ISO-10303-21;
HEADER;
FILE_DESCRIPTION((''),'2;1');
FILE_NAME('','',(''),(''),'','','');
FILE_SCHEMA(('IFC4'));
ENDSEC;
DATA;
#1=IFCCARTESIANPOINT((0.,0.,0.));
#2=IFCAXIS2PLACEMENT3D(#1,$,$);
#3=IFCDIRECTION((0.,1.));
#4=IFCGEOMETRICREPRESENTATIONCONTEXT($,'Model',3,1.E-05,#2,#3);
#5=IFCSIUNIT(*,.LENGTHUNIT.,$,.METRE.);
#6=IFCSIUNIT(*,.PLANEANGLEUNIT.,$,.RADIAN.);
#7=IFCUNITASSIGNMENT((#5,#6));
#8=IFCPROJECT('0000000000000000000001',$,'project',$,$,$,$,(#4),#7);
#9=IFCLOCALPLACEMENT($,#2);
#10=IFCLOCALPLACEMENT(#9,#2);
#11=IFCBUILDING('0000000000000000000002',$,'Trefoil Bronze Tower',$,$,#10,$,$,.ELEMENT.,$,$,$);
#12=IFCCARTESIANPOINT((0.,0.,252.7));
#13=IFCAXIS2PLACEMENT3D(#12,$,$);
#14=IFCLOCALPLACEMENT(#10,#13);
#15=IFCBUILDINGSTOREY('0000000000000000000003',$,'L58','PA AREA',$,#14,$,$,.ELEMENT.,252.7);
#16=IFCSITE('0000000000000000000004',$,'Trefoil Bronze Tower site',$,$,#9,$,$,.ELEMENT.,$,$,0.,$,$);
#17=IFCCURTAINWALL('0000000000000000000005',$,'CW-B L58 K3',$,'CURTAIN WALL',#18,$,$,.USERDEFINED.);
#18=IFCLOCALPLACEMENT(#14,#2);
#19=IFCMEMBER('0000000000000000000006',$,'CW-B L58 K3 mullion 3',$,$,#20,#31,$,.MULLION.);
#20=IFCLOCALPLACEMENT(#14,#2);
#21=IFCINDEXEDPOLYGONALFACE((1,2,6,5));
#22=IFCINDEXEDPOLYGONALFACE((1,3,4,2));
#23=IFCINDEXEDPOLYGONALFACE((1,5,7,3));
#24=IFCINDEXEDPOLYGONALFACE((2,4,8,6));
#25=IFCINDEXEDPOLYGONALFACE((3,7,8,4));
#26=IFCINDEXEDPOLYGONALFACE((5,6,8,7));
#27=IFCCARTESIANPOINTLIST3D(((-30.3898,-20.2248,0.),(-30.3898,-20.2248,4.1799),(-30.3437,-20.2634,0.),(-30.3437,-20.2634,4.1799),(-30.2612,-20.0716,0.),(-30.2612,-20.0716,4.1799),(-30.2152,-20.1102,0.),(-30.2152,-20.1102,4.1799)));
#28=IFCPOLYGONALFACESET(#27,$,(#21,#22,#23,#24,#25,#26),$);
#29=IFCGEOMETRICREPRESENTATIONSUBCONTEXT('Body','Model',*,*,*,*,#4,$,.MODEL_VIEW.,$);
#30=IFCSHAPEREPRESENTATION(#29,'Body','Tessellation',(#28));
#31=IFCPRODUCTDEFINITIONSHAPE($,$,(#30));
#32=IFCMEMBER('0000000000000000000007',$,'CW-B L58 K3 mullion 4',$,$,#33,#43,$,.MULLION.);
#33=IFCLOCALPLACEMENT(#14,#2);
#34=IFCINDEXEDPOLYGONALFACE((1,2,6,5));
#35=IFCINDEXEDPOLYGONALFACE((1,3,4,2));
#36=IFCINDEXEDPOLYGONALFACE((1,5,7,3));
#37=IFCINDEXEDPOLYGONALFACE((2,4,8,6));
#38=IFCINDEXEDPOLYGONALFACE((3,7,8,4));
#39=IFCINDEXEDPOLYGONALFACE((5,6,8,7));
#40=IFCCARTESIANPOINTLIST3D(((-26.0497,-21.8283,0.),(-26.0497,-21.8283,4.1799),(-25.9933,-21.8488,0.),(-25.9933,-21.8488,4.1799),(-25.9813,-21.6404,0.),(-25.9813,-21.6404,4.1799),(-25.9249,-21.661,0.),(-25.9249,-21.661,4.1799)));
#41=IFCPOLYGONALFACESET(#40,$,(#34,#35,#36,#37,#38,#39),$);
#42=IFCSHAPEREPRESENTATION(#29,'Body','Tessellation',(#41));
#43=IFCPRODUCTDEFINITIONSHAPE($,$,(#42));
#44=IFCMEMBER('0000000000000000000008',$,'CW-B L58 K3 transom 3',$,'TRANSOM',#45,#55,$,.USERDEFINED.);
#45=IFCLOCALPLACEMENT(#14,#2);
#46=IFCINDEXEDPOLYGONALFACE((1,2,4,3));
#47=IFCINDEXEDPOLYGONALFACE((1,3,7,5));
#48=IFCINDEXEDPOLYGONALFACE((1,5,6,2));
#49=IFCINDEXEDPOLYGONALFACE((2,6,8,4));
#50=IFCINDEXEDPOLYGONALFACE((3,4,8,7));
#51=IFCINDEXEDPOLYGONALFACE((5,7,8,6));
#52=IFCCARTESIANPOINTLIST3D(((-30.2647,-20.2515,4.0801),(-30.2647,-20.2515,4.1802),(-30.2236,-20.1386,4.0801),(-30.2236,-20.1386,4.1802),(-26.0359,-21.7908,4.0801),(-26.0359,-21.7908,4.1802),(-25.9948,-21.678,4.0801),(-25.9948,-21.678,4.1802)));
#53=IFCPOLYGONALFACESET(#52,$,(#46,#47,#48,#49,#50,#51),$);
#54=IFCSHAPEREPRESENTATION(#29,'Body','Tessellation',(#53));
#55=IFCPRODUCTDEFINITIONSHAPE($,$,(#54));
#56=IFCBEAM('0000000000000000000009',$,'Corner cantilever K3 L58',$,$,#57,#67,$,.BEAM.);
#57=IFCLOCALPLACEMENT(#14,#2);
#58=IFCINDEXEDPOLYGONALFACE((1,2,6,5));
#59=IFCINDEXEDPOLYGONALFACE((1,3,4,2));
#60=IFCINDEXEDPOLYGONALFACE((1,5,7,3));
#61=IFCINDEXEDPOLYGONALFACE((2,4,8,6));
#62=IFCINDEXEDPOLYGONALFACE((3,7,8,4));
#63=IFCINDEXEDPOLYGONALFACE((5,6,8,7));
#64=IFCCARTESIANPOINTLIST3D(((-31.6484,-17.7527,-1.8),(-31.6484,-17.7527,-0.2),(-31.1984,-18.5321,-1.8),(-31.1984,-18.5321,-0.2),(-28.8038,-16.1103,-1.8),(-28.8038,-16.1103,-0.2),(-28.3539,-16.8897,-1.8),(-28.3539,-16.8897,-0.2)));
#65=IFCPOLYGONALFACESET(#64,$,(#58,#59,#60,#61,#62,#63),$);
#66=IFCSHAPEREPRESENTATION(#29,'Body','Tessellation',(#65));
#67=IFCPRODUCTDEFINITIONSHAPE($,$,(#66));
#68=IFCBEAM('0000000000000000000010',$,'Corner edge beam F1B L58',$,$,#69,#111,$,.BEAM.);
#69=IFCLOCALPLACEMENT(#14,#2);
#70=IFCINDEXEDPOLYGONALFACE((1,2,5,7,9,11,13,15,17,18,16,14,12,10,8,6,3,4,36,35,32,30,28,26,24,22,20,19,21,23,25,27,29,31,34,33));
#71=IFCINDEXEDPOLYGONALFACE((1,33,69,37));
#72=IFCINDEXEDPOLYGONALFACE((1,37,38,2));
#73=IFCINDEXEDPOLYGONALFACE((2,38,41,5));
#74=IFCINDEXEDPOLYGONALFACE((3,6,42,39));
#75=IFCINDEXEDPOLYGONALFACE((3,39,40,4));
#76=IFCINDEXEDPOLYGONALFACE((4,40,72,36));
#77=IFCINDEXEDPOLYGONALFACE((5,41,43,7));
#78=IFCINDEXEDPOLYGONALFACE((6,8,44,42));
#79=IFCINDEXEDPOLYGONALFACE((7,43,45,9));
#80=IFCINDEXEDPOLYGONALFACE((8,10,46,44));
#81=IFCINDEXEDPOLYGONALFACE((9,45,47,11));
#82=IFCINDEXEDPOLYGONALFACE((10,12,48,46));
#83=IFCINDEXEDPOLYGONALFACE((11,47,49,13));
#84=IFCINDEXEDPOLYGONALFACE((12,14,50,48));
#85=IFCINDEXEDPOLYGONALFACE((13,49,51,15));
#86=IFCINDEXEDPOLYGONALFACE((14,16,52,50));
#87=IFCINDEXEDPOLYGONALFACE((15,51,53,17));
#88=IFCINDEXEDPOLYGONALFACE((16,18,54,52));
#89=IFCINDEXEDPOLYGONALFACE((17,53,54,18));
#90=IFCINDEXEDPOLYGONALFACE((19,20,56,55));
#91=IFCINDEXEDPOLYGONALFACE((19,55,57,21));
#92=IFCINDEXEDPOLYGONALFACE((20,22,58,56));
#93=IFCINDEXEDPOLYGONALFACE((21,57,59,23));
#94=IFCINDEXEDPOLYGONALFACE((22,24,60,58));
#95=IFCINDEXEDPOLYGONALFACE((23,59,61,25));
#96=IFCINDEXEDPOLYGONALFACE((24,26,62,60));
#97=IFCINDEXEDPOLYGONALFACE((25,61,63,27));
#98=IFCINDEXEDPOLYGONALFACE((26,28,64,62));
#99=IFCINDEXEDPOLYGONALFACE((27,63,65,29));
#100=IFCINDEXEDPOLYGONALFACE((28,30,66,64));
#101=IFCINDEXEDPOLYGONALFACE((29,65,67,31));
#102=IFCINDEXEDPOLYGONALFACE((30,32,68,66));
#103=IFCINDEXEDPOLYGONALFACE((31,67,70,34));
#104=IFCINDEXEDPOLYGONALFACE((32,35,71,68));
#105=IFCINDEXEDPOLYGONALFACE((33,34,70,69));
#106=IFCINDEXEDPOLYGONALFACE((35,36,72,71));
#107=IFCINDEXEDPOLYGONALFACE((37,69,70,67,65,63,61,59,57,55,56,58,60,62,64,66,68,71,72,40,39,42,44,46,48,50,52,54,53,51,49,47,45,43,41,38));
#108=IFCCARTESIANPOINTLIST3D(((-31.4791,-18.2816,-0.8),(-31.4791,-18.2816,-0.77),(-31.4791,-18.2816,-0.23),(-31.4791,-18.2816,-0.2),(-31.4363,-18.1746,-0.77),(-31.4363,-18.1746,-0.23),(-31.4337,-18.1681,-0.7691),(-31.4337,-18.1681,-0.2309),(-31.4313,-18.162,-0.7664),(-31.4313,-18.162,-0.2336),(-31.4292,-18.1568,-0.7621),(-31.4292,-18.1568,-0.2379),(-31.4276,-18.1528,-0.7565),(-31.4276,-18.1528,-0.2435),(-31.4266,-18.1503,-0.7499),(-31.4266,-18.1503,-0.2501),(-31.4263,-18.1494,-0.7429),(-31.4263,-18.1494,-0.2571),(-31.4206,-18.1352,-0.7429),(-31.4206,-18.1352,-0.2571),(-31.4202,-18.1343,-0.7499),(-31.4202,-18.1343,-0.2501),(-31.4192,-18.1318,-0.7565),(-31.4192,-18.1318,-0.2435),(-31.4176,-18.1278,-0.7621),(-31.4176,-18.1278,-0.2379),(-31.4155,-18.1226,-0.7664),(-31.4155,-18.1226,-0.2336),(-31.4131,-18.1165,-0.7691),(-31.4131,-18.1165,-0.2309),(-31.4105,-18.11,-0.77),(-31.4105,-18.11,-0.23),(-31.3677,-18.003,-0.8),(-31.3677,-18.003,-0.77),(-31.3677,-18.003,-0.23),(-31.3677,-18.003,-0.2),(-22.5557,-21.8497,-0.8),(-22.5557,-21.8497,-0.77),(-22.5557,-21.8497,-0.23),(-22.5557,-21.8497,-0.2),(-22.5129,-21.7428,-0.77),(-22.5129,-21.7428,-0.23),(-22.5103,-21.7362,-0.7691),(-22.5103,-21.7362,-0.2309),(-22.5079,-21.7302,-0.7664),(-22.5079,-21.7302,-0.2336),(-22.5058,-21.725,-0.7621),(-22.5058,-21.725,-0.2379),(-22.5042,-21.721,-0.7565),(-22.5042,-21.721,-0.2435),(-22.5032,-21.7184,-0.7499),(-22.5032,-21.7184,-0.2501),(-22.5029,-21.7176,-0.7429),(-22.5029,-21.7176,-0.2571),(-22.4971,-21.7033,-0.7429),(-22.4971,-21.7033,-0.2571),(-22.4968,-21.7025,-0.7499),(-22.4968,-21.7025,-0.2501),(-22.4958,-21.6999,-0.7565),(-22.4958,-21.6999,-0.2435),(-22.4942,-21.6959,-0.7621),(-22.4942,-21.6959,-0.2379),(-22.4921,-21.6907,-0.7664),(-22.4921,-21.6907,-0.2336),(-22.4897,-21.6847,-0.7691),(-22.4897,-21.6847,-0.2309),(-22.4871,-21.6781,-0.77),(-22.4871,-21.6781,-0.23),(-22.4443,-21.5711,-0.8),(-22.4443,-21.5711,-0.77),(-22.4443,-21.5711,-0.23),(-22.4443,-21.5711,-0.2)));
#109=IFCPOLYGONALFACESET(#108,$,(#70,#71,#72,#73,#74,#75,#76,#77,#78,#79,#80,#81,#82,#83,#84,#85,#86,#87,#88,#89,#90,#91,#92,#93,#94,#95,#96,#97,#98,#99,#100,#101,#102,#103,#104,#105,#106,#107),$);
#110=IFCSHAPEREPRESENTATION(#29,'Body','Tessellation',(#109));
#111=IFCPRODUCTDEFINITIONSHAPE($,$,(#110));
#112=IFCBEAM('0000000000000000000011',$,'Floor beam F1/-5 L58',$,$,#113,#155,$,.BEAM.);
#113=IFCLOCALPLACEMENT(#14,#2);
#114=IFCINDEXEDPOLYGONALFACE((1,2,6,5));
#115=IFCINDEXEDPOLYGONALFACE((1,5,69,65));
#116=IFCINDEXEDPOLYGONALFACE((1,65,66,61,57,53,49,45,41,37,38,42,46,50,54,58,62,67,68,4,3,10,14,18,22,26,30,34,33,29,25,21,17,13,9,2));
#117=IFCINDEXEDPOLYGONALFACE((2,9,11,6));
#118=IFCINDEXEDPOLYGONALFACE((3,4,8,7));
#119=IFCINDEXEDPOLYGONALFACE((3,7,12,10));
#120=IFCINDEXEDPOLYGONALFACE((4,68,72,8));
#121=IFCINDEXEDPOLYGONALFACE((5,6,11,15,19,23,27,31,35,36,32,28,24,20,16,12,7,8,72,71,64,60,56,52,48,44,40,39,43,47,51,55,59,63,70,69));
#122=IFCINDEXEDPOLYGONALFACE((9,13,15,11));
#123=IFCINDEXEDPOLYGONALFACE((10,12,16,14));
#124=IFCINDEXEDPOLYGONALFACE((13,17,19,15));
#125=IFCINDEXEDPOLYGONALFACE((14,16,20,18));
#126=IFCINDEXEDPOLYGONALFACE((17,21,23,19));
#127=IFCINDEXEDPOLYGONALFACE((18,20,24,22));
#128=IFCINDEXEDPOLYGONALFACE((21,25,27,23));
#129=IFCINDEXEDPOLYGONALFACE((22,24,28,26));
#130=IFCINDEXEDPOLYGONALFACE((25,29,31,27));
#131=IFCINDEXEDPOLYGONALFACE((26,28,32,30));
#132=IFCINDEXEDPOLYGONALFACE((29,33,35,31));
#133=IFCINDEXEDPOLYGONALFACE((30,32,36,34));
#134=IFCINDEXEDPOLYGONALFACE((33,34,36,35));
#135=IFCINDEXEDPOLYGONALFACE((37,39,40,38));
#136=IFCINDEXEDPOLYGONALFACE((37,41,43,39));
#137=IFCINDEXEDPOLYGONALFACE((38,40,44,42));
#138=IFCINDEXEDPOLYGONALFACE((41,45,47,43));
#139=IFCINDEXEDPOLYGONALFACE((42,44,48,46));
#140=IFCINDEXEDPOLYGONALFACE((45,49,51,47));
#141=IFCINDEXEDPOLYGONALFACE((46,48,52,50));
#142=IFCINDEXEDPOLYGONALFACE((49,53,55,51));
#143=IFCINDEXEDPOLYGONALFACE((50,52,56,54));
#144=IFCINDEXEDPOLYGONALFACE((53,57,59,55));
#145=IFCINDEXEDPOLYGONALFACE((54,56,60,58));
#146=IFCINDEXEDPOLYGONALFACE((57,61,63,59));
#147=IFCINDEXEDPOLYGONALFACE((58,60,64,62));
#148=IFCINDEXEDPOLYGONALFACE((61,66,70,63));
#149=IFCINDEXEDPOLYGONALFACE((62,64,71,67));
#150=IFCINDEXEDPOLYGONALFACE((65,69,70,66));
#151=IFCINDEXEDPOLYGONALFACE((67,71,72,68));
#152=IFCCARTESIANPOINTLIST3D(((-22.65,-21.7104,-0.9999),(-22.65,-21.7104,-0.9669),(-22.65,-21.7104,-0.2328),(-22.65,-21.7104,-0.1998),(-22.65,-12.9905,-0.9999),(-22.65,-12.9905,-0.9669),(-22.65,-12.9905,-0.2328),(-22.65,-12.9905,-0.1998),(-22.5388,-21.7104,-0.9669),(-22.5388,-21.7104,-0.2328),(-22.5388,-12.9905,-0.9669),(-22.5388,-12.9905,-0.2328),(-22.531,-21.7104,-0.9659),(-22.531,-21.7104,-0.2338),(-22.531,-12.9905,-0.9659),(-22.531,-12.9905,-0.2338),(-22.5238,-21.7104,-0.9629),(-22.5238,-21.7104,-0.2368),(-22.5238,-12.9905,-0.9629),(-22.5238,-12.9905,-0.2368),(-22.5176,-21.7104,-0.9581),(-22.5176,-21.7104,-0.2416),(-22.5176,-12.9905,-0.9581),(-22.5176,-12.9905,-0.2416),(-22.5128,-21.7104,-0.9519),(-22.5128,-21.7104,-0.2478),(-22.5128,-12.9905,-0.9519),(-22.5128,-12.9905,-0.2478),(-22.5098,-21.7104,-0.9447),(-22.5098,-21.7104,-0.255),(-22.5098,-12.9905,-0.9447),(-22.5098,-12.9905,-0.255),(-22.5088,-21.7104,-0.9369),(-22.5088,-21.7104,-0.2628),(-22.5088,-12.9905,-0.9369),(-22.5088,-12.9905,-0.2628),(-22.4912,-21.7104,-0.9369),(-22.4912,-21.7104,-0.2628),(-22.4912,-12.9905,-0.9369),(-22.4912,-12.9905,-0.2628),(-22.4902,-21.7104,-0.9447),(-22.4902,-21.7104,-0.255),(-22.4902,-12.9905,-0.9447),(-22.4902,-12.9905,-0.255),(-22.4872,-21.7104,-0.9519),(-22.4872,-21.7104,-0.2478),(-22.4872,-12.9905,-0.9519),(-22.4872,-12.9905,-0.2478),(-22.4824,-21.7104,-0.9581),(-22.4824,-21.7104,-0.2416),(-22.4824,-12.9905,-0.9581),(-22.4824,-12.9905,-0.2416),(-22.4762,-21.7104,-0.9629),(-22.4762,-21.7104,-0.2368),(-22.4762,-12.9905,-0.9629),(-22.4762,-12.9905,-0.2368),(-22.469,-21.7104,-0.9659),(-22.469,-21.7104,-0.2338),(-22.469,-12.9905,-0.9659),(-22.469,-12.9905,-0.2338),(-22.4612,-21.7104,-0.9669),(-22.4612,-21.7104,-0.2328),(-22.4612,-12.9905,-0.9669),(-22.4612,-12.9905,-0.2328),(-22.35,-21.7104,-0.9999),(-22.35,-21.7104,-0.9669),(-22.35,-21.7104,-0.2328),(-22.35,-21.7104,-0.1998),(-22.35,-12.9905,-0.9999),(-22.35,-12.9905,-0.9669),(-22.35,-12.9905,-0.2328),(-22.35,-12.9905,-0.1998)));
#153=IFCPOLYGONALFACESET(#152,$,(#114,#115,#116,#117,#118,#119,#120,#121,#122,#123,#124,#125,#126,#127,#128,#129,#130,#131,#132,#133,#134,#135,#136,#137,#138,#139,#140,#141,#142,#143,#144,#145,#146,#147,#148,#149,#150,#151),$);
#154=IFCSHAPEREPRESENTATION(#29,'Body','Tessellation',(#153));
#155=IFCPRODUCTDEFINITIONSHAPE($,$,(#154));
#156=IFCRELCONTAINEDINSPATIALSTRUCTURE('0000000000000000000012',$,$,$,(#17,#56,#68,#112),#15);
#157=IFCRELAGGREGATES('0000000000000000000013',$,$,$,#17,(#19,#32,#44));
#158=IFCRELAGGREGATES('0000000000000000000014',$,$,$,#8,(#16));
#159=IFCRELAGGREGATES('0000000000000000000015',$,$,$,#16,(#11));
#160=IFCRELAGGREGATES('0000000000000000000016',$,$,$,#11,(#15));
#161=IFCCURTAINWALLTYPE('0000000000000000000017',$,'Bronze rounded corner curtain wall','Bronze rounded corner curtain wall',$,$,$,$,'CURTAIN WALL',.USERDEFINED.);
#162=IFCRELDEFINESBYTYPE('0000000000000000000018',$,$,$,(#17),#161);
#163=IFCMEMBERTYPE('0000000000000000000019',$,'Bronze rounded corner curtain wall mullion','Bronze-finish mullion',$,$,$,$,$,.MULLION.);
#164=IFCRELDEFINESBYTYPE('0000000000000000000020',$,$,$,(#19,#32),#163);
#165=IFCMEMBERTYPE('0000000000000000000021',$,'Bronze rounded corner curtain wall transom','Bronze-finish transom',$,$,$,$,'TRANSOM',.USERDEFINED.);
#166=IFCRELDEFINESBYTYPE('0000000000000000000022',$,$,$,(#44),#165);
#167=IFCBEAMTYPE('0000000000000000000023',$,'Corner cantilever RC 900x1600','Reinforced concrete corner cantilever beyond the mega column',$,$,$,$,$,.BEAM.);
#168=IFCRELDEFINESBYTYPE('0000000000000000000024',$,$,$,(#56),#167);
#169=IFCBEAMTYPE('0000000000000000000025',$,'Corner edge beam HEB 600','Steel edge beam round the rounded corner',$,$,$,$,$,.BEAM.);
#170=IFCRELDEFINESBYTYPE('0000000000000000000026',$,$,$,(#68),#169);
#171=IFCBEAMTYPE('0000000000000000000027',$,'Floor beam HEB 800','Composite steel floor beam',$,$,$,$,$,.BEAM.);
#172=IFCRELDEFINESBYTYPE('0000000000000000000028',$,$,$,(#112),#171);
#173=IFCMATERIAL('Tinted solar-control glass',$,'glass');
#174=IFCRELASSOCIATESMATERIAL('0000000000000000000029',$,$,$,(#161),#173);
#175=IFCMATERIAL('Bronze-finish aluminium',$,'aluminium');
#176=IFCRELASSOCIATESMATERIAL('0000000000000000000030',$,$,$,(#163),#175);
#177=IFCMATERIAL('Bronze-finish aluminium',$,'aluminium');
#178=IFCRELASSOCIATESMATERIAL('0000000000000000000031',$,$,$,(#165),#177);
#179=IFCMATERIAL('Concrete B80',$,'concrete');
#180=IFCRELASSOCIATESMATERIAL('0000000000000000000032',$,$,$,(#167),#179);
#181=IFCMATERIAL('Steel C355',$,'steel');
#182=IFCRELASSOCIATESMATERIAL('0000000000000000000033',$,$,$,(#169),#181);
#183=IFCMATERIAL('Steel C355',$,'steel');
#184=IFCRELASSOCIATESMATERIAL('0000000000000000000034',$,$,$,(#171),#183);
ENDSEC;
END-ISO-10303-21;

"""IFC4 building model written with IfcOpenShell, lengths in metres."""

from ifc_helpers import new_model, si_unit, direction, frame, origin, origin_2d, place, context, subcontext, project, spatial, rectangle, i_section, extrude, material, material_profile, profile_set, type_object, element, aggregate, save


model = new_model("IFC4")

# Units and contexts
model_context = context("Model", 3, precision=1e-05, world=origin(), true_north=direction((0.0, 1.0)))
body_context = subcontext(model_context, "Body", "Model", "MODEL_VIEW")
ifc_project = project(units=[si_unit("LENGTHUNIT", "METRE"), si_unit("PLANEANGLEUNIT", "RADIAN")], contexts=[model_context])

# Site, building, storey
site_placement = place(None, origin())
site = spatial("IfcSite", under=ifc_project, at=site_placement, Name="Trefoil Bronze Tower site", CompositionType="ELEMENT", RefElevation=0.0)
building_placement = place(site_placement, origin())
building = spatial("IfcBuilding", under=site, at=building_placement, Name="Trefoil Bronze Tower", CompositionType="ELEMENT")
storey_placement = place(building_placement, frame((0.0, 0.0, 252.7)))
storey = spatial("IfcBuildingStorey", under=building, at=storey_placement, Name="L58", Description="PA AREA", CompositionType="ELEMENT", Elevation=252.7)

# Curtain wall, members
ifc_material_1 = material(Name="Tinted solar-control glass", Category="glass")
curtain_wall_type_1 = type_object("IfcCurtainWallType", Name="Bronze rounded corner curtain wall", Description="Bronze rounded corner curtain wall", ElementType="CURTAIN WALL", PredefinedType="USERDEFINED", material=ifc_material_1)
curtain_wall_1_placement = place(storey_placement, origin())
curtain_wall_1 = element("IfcCurtainWall", 1, at=curtain_wall_1_placement, inside=storey, type_object=curtain_wall_type_1, Name="CW-B L58 K3", ObjectType="CURTAIN WALL", PredefinedType="USERDEFINED")
ifc_material_2 = material(Name="Bronze-finish aluminium", Category="aluminium")
ifc_material_profile_1 = material_profile(ifc_material_2, rectangle(XDim=0.2, YDim=0.0601, at=origin_2d()), Name="CW-B mullion")
ifc_profile_set_1 = profile_set([ifc_material_profile_1], Name="Bronze-finish aluminium")
member_type_1 = type_object("IfcMemberType", Name="Bronze rounded corner curtain wall mullion", Description="Bronze-finish mullion", PredefinedType="MULLION", material=ifc_profile_set_1)
member_1_placement = place(storey_placement, frame((-30.3025, -20.1675, 0.0), z_axis=(0.0, 0.0, 1.0), x_axis=(0.642788, 0.766044, 0.0)))
member_1 = element("IfcMember", 2, at=member_1_placement, type_object=member_type_1, Name="CW-B L58 K3 mullion 3", PredefinedType="MULLION", context=body_context, shape_type="SweptSolid", body=[
    extrude(rectangle(XDim=0.2, YDim=0.0601, at=origin_2d()), origin(), (0.0, 0.0, 1.0), 4.1799),
])
member_2_placement = place(storey_placement, frame((-25.9873, -21.7446, 0.0), z_axis=(0.0, 0.0, 1.0), x_axis=(0.34202, 0.939693, 0.0)))
member_2 = element("IfcMember", 3, at=member_2_placement, type_object=member_type_1, Name="CW-B L58 K3 mullion 4", PredefinedType="MULLION", context=body_context, shape_type="SweptSolid", body=[
    extrude(rectangle(XDim=0.2, YDim=0.0601, at=origin_2d()), origin(), (0.0, 0.0, 1.0), 4.1799),
])
ifc_material_3 = material(Name="Bronze-finish aluminium", Category="aluminium")
ifc_material_profile_2 = material_profile(ifc_material_3, rectangle(XDim=0.1201, YDim=0.1001, at=origin_2d()), Name="CW-B transom")
ifc_profile_set_2 = profile_set([ifc_material_profile_2], Name="Bronze-finish aluminium")
member_type_2 = type_object("IfcMemberType", Name="Bronze rounded corner curtain wall transom", Description="Bronze-finish transom", ElementType="TRANSOM", PredefinedType="USERDEFINED", material=ifc_profile_set_2)
member_3_placement = place(storey_placement, frame((-30.2441, -20.1951, 4.1301), z_axis=(0.939681, -0.342052, 0.0), x_axis=(0.342052, 0.939681, 0.0)))
member_3 = element("IfcMember", 4, at=member_3_placement, type_object=member_type_2, Name="CW-B L58 K3 transom 3", ObjectType="TRANSOM", PredefinedType="USERDEFINED", context=body_context, shape_type="SweptSolid", body=[
    extrude(rectangle(XDim=0.1201, YDim=0.1001, at=origin_2d()), origin(), (0.0, 0.0, 1.0), 4.5002),
])

# Beams
ifc_material_4 = material(Name="Concrete B80", Category="concrete")
ifc_material_profile_3 = material_profile(ifc_material_4, rectangle(XDim=0.8999, YDim=1.6001, at=origin_2d()), Name="RC 900x1600")
ifc_profile_set_3 = profile_set([ifc_material_profile_3], Name="Concrete B80")
beam_type_1 = type_object("IfcBeamType", Name="Corner cantilever RC 900x1600", Description="Reinforced concrete corner cantilever beyond the mega column", PredefinedType="BEAM", material=ifc_profile_set_3)
beam_1_placement = place(storey_placement, frame((-28.5789, -16.5, -1.0), z_axis=(-0.866016, -0.500016, 0.0), x_axis=(0.500016, -0.866016, 0.0)))
element("IfcBeam", 5, at=beam_1_placement, inside=storey, type_object=beam_type_1, Name="Corner cantilever K3 L58", PredefinedType="BEAM", context=body_context, shape_type="SweptSolid", body=[
    extrude(rectangle(XDim=0.8999, YDim=1.6001, at=origin_2d()), origin(), (0.0, 0.0, 1.0), 3.2847),
])
ifc_material_5 = material(Name="Steel C355", Category="steel")
ifc_material_profile_4 = material_profile(ifc_material_5, i_section(OverallWidth=0.3, OverallDepth=0.6001, WebThickness=0.0154, FlangeThickness=0.03, FilletRadius=0.0271, at=origin_2d()), Name="HEB 600")
ifc_profile_set_4 = profile_set([ifc_material_profile_4], Name="Steel C355")
beam_type_2 = type_object("IfcBeamType", Name="Corner edge beam HEB 600", Description="Steel edge beam round the rounded corner", PredefinedType="BEAM", material=ifc_profile_set_4)
beam_2_placement = place(storey_placement, frame((-22.5, -21.7104, -0.5), z_axis=(-0.92852, 0.371281, 0.0), x_axis=(-0.371281, -0.92852, 0.0)))
element("IfcBeam", 6, at=beam_2_placement, inside=storey, type_object=beam_type_2, Name="Corner edge beam F1B L58", PredefinedType="BEAM", context=body_context, shape_type="SweptSolid", body=[
    extrude(i_section(OverallWidth=0.3, OverallDepth=0.6001, WebThickness=0.0154, FlangeThickness=0.03, FilletRadius=0.0271, at=origin_2d()), origin(), (0.0, 0.0, 1.0), 9.6104),
])
ifc_material_6 = material(Name="Steel C355", Category="steel")
ifc_material_profile_5 = material_profile(ifc_material_6, i_section(OverallWidth=0.3, OverallDepth=0.8, WebThickness=0.0176, FlangeThickness=0.033, FilletRadius=0.03, at=origin_2d()), Name="HEB 800")
ifc_profile_set_5 = profile_set([ifc_material_profile_5], Name="Steel C355")
beam_type_3 = type_object("IfcBeamType", Name="Floor beam HEB 800", Description="Composite steel floor beam", PredefinedType="BEAM", material=ifc_profile_set_5)
beam_3_placement = place(storey_placement, frame((-22.5, -21.7104, -0.5999), z_axis=(0.0, 1.0, 0.0), x_axis=(-1.0, 0.0, 0.0)))
element("IfcBeam", 7, at=beam_3_placement, inside=storey, type_object=beam_type_3, Name="Floor beam F1/-5 L58", PredefinedType="BEAM", context=body_context, shape_type="SweptSolid", body=[
    extrude(i_section(OverallWidth=0.3, OverallDepth=0.8, WebThickness=0.0176, FlangeThickness=0.033, FilletRadius=0.03, at=origin_2d()), origin(), (0.0, 0.0, 1.0), 8.72),
])

aggregate(curtain_wall_1, [member_1, member_2, member_3])

save(model, "model.ifc")
